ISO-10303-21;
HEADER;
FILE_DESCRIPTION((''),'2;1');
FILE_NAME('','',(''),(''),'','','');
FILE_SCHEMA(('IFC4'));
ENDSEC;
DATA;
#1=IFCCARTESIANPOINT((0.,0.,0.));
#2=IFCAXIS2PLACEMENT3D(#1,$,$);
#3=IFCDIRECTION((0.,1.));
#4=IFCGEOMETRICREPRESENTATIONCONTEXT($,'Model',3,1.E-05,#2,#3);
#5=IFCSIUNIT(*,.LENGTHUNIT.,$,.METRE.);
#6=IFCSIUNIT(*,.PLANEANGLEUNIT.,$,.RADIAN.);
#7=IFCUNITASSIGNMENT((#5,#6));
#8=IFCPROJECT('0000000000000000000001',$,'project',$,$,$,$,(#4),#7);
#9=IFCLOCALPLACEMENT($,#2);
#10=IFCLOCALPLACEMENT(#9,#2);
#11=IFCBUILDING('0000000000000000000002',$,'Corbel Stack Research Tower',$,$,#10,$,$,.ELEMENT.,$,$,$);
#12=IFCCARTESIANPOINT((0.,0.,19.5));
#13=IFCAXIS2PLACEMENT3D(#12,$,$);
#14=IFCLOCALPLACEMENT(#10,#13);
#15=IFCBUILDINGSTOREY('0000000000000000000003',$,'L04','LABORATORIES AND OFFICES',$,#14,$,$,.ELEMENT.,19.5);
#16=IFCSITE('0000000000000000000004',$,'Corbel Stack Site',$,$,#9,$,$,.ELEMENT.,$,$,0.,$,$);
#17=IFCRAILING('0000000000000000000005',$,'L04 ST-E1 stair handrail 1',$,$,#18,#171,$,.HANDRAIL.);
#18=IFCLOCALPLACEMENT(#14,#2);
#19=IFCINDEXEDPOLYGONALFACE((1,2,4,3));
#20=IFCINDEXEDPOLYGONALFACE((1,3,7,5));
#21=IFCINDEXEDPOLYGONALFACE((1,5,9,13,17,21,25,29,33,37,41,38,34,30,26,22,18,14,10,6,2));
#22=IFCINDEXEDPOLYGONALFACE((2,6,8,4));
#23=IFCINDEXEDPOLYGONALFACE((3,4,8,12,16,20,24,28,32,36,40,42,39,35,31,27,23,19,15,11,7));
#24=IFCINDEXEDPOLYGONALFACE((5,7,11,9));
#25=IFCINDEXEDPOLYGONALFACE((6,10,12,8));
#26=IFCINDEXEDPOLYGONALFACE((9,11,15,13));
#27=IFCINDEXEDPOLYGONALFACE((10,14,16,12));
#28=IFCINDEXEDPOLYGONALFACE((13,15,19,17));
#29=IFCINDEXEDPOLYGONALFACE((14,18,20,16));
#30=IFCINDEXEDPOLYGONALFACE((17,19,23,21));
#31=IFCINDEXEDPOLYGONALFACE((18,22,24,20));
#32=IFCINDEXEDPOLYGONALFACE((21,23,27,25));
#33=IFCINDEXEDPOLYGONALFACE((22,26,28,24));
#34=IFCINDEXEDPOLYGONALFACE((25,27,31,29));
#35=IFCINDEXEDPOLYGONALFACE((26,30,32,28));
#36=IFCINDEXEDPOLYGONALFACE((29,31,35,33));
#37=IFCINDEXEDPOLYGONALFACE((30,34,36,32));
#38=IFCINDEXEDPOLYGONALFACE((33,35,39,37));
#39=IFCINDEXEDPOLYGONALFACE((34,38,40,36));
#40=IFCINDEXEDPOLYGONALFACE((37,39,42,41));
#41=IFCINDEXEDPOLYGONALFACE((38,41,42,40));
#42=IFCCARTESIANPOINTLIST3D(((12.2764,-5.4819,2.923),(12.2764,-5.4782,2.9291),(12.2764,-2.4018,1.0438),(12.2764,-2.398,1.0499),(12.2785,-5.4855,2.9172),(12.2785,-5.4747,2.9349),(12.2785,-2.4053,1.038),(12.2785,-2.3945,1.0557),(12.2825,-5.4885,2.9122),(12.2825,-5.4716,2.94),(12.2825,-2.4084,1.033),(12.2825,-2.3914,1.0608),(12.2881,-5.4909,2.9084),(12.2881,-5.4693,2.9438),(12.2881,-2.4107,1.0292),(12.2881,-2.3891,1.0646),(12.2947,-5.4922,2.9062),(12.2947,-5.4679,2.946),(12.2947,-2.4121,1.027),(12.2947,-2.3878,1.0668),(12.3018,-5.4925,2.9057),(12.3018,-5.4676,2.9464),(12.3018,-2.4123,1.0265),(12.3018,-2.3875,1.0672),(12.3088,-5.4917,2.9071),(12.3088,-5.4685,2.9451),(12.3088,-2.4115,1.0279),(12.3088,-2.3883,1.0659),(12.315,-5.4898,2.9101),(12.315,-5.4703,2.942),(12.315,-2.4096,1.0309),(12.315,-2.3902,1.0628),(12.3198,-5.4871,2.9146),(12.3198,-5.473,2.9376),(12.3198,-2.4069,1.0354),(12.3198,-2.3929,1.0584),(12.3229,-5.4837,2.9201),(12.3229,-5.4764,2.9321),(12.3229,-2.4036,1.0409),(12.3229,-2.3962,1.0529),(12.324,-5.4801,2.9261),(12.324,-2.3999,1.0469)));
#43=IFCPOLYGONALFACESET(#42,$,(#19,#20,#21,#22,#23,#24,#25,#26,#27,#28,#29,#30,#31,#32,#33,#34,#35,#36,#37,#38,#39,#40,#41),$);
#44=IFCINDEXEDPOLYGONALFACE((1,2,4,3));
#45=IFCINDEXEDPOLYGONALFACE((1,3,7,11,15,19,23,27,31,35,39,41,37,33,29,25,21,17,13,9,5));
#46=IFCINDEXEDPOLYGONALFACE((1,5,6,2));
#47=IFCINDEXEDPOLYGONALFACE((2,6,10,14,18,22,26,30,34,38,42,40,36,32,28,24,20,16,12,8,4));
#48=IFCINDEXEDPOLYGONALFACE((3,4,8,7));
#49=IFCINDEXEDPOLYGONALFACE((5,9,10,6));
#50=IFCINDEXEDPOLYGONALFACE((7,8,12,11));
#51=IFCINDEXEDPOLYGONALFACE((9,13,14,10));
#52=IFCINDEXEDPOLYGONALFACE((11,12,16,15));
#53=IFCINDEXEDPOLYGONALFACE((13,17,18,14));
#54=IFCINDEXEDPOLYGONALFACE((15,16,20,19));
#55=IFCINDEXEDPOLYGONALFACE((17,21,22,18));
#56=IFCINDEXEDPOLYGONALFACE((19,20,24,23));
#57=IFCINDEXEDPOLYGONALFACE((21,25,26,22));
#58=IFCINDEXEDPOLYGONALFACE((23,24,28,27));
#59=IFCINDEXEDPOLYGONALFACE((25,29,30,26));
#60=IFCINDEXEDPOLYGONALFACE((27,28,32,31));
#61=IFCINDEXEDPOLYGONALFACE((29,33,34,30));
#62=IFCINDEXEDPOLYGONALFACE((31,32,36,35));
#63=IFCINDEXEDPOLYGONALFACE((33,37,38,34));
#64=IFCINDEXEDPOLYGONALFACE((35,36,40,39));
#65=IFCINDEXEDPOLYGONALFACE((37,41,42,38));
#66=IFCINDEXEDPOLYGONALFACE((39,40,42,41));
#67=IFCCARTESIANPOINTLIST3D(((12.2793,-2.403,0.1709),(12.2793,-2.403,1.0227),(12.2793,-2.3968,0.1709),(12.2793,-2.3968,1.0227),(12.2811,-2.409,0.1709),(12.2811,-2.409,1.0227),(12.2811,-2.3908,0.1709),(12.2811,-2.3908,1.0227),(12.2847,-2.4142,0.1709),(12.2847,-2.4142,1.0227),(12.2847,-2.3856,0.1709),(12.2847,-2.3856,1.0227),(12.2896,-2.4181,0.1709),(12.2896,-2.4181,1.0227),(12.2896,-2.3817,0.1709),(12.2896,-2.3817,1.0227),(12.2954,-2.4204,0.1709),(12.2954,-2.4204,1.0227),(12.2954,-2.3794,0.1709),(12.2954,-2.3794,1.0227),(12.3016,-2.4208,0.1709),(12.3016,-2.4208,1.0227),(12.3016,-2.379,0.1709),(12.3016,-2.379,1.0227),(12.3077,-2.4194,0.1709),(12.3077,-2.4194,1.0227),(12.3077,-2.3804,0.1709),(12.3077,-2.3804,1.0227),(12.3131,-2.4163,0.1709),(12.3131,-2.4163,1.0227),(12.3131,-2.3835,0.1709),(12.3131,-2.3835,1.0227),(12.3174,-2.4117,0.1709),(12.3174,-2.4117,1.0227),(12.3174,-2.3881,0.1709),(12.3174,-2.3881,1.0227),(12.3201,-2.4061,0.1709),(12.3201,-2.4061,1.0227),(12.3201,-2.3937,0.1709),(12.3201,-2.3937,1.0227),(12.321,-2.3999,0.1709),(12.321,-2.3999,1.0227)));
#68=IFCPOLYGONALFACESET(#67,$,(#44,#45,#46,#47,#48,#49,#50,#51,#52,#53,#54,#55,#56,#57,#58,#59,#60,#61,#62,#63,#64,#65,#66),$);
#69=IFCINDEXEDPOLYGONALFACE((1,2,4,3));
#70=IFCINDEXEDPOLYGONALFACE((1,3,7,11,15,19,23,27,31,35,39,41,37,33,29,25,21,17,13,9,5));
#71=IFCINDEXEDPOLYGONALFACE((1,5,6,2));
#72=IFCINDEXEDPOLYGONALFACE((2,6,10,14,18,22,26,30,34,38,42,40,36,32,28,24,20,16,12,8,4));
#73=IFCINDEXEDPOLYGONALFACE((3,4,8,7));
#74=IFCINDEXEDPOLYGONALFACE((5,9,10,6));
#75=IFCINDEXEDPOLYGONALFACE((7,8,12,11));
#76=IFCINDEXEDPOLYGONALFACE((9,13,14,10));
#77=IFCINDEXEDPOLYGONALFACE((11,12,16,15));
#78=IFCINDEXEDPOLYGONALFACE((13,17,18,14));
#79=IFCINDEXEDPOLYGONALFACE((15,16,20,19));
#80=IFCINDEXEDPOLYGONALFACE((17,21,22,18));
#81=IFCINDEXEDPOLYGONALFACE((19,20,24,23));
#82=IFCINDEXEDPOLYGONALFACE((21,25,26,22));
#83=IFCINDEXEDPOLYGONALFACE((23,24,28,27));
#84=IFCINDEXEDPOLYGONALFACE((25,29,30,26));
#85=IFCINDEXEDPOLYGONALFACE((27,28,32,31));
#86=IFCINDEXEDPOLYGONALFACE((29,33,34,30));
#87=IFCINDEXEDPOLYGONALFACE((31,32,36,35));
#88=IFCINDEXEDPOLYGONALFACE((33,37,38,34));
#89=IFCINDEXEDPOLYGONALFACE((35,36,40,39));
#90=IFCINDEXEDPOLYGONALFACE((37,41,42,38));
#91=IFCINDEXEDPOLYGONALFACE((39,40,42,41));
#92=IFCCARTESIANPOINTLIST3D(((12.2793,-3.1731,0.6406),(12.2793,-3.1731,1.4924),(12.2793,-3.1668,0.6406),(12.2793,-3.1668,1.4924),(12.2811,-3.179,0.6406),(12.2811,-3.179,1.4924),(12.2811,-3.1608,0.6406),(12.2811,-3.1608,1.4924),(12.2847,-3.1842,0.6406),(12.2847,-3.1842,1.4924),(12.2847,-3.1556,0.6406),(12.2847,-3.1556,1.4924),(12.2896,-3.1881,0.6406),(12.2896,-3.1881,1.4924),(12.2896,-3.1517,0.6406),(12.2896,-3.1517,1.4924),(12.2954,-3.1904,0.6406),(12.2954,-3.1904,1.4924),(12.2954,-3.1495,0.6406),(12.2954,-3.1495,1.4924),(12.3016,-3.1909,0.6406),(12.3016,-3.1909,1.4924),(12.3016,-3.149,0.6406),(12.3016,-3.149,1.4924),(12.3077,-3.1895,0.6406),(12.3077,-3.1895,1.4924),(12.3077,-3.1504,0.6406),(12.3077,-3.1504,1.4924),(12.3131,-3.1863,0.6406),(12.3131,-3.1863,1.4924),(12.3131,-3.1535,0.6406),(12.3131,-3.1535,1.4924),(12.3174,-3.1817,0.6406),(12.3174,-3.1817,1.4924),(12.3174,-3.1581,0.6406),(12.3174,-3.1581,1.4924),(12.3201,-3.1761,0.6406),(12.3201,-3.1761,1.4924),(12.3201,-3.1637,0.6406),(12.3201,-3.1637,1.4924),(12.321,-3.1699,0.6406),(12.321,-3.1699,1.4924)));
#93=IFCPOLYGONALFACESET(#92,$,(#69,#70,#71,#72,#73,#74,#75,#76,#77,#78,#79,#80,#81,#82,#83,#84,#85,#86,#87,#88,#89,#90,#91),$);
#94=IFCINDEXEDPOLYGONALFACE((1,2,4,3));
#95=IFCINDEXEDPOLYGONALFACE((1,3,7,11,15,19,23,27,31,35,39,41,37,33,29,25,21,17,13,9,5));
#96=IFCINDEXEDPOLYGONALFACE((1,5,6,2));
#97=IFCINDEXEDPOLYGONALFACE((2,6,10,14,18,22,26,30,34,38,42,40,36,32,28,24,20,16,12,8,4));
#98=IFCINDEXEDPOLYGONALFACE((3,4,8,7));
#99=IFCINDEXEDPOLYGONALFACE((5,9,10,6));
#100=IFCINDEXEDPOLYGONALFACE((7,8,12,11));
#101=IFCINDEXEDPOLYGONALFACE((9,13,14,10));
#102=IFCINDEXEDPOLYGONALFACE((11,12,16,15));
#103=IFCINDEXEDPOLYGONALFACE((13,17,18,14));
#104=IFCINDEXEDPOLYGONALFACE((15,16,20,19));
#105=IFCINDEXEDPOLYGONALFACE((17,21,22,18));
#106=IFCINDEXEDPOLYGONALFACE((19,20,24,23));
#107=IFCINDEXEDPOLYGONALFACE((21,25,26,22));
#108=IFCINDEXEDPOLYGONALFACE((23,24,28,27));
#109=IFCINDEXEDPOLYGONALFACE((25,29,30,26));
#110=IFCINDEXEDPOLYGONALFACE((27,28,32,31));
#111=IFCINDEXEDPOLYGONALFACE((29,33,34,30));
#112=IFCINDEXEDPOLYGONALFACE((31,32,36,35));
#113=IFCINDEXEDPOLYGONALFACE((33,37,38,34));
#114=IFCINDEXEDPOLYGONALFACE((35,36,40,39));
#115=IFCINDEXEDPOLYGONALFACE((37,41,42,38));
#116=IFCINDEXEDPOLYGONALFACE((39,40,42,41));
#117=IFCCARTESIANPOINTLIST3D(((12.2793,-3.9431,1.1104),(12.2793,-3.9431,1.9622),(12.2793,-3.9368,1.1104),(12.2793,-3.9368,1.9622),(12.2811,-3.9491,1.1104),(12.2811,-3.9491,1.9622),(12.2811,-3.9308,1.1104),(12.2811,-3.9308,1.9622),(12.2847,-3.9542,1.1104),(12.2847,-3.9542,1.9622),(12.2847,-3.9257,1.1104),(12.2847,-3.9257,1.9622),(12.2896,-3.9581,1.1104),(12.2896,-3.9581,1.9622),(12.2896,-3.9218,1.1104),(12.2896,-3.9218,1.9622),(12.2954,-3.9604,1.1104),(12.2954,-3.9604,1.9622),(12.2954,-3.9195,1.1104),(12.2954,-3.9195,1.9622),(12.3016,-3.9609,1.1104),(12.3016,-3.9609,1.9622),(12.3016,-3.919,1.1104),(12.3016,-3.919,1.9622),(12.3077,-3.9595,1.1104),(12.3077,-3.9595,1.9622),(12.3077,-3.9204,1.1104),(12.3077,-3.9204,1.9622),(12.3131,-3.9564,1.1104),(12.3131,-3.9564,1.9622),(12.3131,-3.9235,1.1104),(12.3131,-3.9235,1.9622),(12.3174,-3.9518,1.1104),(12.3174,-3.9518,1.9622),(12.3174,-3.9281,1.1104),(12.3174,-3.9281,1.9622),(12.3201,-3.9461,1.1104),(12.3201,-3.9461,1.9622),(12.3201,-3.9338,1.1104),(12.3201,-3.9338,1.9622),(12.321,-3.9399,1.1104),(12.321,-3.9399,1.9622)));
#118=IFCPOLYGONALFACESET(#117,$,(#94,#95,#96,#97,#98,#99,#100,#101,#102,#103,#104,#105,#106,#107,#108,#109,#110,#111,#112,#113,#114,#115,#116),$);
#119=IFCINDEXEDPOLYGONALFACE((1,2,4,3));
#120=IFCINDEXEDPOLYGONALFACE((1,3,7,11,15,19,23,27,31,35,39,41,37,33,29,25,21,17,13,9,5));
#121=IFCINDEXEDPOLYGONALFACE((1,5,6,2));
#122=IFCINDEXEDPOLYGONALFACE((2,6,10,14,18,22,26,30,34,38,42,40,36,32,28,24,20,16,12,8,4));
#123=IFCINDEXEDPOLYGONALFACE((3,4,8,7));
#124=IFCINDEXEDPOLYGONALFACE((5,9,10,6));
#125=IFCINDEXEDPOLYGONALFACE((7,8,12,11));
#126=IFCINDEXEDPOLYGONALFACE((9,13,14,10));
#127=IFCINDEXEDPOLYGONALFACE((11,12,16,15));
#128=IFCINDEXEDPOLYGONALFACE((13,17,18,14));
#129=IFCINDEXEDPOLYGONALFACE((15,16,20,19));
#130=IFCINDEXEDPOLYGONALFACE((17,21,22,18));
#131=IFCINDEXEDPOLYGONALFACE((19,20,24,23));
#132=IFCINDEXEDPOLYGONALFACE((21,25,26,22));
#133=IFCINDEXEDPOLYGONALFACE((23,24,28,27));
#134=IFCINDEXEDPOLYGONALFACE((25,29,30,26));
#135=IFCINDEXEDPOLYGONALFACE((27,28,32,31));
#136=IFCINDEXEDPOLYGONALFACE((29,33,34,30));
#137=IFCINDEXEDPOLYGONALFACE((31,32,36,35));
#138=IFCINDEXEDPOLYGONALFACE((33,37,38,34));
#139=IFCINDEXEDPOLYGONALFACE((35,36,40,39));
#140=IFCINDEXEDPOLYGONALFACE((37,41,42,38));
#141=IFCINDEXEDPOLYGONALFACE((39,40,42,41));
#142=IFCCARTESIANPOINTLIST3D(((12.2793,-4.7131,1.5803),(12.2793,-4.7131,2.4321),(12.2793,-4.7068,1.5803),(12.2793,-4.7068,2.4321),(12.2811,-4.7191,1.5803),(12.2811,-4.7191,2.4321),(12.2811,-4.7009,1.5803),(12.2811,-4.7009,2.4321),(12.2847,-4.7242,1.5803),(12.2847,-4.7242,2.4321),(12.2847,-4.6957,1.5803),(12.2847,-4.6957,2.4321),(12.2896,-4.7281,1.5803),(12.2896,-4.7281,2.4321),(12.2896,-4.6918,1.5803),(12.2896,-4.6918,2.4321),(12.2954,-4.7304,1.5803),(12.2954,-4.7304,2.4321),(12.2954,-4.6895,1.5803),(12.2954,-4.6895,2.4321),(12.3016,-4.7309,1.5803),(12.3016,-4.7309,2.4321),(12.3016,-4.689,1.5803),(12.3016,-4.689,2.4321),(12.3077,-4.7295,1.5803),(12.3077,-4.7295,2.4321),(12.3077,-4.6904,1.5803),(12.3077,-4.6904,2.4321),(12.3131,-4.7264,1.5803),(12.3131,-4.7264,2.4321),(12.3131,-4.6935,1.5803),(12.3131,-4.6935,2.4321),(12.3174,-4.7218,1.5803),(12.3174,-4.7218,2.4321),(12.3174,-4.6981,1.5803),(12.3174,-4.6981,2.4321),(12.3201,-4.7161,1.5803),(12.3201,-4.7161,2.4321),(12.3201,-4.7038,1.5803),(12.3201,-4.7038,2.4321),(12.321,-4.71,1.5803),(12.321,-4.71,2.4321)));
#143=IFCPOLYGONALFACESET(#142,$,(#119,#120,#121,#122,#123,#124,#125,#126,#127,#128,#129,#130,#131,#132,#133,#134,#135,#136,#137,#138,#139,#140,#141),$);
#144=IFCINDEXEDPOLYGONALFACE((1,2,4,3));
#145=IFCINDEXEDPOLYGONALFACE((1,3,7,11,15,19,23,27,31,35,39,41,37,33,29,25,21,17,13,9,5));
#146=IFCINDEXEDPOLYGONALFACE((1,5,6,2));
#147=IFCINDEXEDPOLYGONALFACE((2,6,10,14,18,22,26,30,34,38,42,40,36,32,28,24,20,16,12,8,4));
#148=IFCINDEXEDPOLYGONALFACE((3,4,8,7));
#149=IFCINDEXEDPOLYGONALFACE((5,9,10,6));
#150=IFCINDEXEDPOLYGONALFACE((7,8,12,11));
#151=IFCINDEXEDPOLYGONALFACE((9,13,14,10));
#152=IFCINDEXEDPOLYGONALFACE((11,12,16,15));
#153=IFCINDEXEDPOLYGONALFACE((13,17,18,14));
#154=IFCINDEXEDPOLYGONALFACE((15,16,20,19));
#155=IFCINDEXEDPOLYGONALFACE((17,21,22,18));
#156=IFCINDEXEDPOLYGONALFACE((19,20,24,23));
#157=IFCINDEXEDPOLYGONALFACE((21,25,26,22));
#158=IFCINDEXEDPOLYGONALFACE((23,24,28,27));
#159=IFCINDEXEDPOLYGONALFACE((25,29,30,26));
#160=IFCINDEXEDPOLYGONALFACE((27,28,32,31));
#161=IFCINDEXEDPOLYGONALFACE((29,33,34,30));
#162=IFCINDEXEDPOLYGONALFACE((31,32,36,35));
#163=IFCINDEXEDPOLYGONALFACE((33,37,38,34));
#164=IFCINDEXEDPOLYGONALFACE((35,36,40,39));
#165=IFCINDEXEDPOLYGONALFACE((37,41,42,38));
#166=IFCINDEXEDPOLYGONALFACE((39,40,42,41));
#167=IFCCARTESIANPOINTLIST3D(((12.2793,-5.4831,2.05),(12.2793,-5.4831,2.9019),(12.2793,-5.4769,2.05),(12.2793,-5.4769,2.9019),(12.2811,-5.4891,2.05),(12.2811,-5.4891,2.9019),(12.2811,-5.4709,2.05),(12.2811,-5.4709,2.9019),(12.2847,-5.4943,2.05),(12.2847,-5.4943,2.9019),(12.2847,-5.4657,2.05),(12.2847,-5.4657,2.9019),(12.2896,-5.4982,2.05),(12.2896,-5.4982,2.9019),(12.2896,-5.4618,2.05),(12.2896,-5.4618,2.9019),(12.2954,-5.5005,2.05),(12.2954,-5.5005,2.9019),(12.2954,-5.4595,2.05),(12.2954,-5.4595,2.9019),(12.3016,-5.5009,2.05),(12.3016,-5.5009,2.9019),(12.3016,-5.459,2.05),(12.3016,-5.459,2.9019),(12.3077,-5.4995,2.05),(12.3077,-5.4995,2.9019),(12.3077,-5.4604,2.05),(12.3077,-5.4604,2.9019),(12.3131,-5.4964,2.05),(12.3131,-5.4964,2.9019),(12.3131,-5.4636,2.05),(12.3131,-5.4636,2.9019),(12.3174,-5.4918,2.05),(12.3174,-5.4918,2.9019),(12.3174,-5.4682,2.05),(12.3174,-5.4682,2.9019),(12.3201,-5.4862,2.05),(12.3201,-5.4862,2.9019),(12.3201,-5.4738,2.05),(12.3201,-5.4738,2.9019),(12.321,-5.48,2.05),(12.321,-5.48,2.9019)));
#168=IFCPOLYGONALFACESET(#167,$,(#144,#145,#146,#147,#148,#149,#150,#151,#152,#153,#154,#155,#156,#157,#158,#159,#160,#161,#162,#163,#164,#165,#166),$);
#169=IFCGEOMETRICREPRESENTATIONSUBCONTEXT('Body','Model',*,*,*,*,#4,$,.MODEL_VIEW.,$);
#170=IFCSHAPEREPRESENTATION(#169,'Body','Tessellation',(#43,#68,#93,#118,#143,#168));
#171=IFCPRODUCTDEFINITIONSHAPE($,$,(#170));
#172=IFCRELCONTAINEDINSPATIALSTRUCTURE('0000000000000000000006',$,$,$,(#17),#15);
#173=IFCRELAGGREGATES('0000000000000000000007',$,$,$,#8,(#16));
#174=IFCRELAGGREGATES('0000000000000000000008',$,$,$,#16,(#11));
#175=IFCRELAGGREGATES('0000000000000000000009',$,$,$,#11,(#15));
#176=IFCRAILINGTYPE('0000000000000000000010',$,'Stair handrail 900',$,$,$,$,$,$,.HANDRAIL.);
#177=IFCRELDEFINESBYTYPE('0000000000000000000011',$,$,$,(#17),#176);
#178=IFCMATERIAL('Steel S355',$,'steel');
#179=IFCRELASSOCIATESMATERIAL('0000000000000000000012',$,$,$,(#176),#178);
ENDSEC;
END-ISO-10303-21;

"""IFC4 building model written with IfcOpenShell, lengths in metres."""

from ifc_helpers import new_model, si_unit, direction, frame, origin, origin_2d, place, context, subcontext, project, spatial, circle, extrude, material, type_object, element, save


model = new_model("IFC4")

# Units and contexts
model_context = context("Model", 3, precision=1e-05, world=origin(), true_north=direction((0.0, 1.0)))
body_context = subcontext(model_context, "Body", "Model", "MODEL_VIEW")
ifc_project = project(units=[si_unit("LENGTHUNIT", "METRE"), si_unit("PLANEANGLEUNIT", "RADIAN")], contexts=[model_context])

# Site, building, storey
site_placement = place(None, origin())
site = spatial("IfcSite", under=ifc_project, at=site_placement, Name="Corbel Stack Site", CompositionType="ELEMENT", RefElevation=0.0)
building_placement = place(site_placement, origin())
building = spatial("IfcBuilding", under=site, at=building_placement, Name="Corbel Stack Research Tower", CompositionType="ELEMENT")
storey_placement = place(building_placement, frame((0.0, 0.0, 19.5)))
storey = spatial("IfcBuildingStorey", under=building, at=storey_placement, Name="L04", Description="LABORATORIES AND OFFICES", CompositionType="ELEMENT", Elevation=19.5)

# Railing
ifc_material_1 = material(Name="Steel S355", Category="steel")
railing_type_1 = type_object("IfcRailingType", Name="Stair handrail 900", PredefinedType="HANDRAIL", material=ifc_material_1)
railing_1_placement = place(storey_placement, frame((12.3, -2.3999, 0.1709)))
element("IfcRailing", 1, at=railing_1_placement, inside=storey, type_object=railing_type_1, Name="L04 ST-E1 stair handrail 1", PredefinedType="HANDRAIL", context=body_context, shape_type="SweptSolid", body=[
    extrude(circle(Radius=0.0239, at=origin_2d()), frame((0.0, 0.0, 0.876), z_axis=(0.0, -0.853666, 0.52082), x_axis=(1.0, 0.0, 0.0)), (0.0, 0.0, 1.0), 3.6082),
    extrude(circle(Radius=0.021, at=origin_2d()), origin(), (0.0, 0.0, 1.0), 0.8518),
    extrude(circle(Radius=0.021, at=origin_2d()), frame((0.0, -0.77, 0.4697)), (0.0, 0.0, 1.0), 0.8518),
    extrude(circle(Radius=0.021, at=origin_2d()), frame((0.0, -1.54, 0.9395)), (0.0, 0.0, 1.0), 0.8518),
    extrude(circle(Radius=0.021, at=origin_2d()), frame((0.0, -2.3101, 1.4094)), (0.0, 0.0, 1.0), 0.8518),
    extrude(circle(Radius=0.021, at=origin_2d()), frame((0.0, -3.0801, 1.8792)), (0.0, 0.0, 1.0), 0.8518),
])

save(model, "model.ifc")
